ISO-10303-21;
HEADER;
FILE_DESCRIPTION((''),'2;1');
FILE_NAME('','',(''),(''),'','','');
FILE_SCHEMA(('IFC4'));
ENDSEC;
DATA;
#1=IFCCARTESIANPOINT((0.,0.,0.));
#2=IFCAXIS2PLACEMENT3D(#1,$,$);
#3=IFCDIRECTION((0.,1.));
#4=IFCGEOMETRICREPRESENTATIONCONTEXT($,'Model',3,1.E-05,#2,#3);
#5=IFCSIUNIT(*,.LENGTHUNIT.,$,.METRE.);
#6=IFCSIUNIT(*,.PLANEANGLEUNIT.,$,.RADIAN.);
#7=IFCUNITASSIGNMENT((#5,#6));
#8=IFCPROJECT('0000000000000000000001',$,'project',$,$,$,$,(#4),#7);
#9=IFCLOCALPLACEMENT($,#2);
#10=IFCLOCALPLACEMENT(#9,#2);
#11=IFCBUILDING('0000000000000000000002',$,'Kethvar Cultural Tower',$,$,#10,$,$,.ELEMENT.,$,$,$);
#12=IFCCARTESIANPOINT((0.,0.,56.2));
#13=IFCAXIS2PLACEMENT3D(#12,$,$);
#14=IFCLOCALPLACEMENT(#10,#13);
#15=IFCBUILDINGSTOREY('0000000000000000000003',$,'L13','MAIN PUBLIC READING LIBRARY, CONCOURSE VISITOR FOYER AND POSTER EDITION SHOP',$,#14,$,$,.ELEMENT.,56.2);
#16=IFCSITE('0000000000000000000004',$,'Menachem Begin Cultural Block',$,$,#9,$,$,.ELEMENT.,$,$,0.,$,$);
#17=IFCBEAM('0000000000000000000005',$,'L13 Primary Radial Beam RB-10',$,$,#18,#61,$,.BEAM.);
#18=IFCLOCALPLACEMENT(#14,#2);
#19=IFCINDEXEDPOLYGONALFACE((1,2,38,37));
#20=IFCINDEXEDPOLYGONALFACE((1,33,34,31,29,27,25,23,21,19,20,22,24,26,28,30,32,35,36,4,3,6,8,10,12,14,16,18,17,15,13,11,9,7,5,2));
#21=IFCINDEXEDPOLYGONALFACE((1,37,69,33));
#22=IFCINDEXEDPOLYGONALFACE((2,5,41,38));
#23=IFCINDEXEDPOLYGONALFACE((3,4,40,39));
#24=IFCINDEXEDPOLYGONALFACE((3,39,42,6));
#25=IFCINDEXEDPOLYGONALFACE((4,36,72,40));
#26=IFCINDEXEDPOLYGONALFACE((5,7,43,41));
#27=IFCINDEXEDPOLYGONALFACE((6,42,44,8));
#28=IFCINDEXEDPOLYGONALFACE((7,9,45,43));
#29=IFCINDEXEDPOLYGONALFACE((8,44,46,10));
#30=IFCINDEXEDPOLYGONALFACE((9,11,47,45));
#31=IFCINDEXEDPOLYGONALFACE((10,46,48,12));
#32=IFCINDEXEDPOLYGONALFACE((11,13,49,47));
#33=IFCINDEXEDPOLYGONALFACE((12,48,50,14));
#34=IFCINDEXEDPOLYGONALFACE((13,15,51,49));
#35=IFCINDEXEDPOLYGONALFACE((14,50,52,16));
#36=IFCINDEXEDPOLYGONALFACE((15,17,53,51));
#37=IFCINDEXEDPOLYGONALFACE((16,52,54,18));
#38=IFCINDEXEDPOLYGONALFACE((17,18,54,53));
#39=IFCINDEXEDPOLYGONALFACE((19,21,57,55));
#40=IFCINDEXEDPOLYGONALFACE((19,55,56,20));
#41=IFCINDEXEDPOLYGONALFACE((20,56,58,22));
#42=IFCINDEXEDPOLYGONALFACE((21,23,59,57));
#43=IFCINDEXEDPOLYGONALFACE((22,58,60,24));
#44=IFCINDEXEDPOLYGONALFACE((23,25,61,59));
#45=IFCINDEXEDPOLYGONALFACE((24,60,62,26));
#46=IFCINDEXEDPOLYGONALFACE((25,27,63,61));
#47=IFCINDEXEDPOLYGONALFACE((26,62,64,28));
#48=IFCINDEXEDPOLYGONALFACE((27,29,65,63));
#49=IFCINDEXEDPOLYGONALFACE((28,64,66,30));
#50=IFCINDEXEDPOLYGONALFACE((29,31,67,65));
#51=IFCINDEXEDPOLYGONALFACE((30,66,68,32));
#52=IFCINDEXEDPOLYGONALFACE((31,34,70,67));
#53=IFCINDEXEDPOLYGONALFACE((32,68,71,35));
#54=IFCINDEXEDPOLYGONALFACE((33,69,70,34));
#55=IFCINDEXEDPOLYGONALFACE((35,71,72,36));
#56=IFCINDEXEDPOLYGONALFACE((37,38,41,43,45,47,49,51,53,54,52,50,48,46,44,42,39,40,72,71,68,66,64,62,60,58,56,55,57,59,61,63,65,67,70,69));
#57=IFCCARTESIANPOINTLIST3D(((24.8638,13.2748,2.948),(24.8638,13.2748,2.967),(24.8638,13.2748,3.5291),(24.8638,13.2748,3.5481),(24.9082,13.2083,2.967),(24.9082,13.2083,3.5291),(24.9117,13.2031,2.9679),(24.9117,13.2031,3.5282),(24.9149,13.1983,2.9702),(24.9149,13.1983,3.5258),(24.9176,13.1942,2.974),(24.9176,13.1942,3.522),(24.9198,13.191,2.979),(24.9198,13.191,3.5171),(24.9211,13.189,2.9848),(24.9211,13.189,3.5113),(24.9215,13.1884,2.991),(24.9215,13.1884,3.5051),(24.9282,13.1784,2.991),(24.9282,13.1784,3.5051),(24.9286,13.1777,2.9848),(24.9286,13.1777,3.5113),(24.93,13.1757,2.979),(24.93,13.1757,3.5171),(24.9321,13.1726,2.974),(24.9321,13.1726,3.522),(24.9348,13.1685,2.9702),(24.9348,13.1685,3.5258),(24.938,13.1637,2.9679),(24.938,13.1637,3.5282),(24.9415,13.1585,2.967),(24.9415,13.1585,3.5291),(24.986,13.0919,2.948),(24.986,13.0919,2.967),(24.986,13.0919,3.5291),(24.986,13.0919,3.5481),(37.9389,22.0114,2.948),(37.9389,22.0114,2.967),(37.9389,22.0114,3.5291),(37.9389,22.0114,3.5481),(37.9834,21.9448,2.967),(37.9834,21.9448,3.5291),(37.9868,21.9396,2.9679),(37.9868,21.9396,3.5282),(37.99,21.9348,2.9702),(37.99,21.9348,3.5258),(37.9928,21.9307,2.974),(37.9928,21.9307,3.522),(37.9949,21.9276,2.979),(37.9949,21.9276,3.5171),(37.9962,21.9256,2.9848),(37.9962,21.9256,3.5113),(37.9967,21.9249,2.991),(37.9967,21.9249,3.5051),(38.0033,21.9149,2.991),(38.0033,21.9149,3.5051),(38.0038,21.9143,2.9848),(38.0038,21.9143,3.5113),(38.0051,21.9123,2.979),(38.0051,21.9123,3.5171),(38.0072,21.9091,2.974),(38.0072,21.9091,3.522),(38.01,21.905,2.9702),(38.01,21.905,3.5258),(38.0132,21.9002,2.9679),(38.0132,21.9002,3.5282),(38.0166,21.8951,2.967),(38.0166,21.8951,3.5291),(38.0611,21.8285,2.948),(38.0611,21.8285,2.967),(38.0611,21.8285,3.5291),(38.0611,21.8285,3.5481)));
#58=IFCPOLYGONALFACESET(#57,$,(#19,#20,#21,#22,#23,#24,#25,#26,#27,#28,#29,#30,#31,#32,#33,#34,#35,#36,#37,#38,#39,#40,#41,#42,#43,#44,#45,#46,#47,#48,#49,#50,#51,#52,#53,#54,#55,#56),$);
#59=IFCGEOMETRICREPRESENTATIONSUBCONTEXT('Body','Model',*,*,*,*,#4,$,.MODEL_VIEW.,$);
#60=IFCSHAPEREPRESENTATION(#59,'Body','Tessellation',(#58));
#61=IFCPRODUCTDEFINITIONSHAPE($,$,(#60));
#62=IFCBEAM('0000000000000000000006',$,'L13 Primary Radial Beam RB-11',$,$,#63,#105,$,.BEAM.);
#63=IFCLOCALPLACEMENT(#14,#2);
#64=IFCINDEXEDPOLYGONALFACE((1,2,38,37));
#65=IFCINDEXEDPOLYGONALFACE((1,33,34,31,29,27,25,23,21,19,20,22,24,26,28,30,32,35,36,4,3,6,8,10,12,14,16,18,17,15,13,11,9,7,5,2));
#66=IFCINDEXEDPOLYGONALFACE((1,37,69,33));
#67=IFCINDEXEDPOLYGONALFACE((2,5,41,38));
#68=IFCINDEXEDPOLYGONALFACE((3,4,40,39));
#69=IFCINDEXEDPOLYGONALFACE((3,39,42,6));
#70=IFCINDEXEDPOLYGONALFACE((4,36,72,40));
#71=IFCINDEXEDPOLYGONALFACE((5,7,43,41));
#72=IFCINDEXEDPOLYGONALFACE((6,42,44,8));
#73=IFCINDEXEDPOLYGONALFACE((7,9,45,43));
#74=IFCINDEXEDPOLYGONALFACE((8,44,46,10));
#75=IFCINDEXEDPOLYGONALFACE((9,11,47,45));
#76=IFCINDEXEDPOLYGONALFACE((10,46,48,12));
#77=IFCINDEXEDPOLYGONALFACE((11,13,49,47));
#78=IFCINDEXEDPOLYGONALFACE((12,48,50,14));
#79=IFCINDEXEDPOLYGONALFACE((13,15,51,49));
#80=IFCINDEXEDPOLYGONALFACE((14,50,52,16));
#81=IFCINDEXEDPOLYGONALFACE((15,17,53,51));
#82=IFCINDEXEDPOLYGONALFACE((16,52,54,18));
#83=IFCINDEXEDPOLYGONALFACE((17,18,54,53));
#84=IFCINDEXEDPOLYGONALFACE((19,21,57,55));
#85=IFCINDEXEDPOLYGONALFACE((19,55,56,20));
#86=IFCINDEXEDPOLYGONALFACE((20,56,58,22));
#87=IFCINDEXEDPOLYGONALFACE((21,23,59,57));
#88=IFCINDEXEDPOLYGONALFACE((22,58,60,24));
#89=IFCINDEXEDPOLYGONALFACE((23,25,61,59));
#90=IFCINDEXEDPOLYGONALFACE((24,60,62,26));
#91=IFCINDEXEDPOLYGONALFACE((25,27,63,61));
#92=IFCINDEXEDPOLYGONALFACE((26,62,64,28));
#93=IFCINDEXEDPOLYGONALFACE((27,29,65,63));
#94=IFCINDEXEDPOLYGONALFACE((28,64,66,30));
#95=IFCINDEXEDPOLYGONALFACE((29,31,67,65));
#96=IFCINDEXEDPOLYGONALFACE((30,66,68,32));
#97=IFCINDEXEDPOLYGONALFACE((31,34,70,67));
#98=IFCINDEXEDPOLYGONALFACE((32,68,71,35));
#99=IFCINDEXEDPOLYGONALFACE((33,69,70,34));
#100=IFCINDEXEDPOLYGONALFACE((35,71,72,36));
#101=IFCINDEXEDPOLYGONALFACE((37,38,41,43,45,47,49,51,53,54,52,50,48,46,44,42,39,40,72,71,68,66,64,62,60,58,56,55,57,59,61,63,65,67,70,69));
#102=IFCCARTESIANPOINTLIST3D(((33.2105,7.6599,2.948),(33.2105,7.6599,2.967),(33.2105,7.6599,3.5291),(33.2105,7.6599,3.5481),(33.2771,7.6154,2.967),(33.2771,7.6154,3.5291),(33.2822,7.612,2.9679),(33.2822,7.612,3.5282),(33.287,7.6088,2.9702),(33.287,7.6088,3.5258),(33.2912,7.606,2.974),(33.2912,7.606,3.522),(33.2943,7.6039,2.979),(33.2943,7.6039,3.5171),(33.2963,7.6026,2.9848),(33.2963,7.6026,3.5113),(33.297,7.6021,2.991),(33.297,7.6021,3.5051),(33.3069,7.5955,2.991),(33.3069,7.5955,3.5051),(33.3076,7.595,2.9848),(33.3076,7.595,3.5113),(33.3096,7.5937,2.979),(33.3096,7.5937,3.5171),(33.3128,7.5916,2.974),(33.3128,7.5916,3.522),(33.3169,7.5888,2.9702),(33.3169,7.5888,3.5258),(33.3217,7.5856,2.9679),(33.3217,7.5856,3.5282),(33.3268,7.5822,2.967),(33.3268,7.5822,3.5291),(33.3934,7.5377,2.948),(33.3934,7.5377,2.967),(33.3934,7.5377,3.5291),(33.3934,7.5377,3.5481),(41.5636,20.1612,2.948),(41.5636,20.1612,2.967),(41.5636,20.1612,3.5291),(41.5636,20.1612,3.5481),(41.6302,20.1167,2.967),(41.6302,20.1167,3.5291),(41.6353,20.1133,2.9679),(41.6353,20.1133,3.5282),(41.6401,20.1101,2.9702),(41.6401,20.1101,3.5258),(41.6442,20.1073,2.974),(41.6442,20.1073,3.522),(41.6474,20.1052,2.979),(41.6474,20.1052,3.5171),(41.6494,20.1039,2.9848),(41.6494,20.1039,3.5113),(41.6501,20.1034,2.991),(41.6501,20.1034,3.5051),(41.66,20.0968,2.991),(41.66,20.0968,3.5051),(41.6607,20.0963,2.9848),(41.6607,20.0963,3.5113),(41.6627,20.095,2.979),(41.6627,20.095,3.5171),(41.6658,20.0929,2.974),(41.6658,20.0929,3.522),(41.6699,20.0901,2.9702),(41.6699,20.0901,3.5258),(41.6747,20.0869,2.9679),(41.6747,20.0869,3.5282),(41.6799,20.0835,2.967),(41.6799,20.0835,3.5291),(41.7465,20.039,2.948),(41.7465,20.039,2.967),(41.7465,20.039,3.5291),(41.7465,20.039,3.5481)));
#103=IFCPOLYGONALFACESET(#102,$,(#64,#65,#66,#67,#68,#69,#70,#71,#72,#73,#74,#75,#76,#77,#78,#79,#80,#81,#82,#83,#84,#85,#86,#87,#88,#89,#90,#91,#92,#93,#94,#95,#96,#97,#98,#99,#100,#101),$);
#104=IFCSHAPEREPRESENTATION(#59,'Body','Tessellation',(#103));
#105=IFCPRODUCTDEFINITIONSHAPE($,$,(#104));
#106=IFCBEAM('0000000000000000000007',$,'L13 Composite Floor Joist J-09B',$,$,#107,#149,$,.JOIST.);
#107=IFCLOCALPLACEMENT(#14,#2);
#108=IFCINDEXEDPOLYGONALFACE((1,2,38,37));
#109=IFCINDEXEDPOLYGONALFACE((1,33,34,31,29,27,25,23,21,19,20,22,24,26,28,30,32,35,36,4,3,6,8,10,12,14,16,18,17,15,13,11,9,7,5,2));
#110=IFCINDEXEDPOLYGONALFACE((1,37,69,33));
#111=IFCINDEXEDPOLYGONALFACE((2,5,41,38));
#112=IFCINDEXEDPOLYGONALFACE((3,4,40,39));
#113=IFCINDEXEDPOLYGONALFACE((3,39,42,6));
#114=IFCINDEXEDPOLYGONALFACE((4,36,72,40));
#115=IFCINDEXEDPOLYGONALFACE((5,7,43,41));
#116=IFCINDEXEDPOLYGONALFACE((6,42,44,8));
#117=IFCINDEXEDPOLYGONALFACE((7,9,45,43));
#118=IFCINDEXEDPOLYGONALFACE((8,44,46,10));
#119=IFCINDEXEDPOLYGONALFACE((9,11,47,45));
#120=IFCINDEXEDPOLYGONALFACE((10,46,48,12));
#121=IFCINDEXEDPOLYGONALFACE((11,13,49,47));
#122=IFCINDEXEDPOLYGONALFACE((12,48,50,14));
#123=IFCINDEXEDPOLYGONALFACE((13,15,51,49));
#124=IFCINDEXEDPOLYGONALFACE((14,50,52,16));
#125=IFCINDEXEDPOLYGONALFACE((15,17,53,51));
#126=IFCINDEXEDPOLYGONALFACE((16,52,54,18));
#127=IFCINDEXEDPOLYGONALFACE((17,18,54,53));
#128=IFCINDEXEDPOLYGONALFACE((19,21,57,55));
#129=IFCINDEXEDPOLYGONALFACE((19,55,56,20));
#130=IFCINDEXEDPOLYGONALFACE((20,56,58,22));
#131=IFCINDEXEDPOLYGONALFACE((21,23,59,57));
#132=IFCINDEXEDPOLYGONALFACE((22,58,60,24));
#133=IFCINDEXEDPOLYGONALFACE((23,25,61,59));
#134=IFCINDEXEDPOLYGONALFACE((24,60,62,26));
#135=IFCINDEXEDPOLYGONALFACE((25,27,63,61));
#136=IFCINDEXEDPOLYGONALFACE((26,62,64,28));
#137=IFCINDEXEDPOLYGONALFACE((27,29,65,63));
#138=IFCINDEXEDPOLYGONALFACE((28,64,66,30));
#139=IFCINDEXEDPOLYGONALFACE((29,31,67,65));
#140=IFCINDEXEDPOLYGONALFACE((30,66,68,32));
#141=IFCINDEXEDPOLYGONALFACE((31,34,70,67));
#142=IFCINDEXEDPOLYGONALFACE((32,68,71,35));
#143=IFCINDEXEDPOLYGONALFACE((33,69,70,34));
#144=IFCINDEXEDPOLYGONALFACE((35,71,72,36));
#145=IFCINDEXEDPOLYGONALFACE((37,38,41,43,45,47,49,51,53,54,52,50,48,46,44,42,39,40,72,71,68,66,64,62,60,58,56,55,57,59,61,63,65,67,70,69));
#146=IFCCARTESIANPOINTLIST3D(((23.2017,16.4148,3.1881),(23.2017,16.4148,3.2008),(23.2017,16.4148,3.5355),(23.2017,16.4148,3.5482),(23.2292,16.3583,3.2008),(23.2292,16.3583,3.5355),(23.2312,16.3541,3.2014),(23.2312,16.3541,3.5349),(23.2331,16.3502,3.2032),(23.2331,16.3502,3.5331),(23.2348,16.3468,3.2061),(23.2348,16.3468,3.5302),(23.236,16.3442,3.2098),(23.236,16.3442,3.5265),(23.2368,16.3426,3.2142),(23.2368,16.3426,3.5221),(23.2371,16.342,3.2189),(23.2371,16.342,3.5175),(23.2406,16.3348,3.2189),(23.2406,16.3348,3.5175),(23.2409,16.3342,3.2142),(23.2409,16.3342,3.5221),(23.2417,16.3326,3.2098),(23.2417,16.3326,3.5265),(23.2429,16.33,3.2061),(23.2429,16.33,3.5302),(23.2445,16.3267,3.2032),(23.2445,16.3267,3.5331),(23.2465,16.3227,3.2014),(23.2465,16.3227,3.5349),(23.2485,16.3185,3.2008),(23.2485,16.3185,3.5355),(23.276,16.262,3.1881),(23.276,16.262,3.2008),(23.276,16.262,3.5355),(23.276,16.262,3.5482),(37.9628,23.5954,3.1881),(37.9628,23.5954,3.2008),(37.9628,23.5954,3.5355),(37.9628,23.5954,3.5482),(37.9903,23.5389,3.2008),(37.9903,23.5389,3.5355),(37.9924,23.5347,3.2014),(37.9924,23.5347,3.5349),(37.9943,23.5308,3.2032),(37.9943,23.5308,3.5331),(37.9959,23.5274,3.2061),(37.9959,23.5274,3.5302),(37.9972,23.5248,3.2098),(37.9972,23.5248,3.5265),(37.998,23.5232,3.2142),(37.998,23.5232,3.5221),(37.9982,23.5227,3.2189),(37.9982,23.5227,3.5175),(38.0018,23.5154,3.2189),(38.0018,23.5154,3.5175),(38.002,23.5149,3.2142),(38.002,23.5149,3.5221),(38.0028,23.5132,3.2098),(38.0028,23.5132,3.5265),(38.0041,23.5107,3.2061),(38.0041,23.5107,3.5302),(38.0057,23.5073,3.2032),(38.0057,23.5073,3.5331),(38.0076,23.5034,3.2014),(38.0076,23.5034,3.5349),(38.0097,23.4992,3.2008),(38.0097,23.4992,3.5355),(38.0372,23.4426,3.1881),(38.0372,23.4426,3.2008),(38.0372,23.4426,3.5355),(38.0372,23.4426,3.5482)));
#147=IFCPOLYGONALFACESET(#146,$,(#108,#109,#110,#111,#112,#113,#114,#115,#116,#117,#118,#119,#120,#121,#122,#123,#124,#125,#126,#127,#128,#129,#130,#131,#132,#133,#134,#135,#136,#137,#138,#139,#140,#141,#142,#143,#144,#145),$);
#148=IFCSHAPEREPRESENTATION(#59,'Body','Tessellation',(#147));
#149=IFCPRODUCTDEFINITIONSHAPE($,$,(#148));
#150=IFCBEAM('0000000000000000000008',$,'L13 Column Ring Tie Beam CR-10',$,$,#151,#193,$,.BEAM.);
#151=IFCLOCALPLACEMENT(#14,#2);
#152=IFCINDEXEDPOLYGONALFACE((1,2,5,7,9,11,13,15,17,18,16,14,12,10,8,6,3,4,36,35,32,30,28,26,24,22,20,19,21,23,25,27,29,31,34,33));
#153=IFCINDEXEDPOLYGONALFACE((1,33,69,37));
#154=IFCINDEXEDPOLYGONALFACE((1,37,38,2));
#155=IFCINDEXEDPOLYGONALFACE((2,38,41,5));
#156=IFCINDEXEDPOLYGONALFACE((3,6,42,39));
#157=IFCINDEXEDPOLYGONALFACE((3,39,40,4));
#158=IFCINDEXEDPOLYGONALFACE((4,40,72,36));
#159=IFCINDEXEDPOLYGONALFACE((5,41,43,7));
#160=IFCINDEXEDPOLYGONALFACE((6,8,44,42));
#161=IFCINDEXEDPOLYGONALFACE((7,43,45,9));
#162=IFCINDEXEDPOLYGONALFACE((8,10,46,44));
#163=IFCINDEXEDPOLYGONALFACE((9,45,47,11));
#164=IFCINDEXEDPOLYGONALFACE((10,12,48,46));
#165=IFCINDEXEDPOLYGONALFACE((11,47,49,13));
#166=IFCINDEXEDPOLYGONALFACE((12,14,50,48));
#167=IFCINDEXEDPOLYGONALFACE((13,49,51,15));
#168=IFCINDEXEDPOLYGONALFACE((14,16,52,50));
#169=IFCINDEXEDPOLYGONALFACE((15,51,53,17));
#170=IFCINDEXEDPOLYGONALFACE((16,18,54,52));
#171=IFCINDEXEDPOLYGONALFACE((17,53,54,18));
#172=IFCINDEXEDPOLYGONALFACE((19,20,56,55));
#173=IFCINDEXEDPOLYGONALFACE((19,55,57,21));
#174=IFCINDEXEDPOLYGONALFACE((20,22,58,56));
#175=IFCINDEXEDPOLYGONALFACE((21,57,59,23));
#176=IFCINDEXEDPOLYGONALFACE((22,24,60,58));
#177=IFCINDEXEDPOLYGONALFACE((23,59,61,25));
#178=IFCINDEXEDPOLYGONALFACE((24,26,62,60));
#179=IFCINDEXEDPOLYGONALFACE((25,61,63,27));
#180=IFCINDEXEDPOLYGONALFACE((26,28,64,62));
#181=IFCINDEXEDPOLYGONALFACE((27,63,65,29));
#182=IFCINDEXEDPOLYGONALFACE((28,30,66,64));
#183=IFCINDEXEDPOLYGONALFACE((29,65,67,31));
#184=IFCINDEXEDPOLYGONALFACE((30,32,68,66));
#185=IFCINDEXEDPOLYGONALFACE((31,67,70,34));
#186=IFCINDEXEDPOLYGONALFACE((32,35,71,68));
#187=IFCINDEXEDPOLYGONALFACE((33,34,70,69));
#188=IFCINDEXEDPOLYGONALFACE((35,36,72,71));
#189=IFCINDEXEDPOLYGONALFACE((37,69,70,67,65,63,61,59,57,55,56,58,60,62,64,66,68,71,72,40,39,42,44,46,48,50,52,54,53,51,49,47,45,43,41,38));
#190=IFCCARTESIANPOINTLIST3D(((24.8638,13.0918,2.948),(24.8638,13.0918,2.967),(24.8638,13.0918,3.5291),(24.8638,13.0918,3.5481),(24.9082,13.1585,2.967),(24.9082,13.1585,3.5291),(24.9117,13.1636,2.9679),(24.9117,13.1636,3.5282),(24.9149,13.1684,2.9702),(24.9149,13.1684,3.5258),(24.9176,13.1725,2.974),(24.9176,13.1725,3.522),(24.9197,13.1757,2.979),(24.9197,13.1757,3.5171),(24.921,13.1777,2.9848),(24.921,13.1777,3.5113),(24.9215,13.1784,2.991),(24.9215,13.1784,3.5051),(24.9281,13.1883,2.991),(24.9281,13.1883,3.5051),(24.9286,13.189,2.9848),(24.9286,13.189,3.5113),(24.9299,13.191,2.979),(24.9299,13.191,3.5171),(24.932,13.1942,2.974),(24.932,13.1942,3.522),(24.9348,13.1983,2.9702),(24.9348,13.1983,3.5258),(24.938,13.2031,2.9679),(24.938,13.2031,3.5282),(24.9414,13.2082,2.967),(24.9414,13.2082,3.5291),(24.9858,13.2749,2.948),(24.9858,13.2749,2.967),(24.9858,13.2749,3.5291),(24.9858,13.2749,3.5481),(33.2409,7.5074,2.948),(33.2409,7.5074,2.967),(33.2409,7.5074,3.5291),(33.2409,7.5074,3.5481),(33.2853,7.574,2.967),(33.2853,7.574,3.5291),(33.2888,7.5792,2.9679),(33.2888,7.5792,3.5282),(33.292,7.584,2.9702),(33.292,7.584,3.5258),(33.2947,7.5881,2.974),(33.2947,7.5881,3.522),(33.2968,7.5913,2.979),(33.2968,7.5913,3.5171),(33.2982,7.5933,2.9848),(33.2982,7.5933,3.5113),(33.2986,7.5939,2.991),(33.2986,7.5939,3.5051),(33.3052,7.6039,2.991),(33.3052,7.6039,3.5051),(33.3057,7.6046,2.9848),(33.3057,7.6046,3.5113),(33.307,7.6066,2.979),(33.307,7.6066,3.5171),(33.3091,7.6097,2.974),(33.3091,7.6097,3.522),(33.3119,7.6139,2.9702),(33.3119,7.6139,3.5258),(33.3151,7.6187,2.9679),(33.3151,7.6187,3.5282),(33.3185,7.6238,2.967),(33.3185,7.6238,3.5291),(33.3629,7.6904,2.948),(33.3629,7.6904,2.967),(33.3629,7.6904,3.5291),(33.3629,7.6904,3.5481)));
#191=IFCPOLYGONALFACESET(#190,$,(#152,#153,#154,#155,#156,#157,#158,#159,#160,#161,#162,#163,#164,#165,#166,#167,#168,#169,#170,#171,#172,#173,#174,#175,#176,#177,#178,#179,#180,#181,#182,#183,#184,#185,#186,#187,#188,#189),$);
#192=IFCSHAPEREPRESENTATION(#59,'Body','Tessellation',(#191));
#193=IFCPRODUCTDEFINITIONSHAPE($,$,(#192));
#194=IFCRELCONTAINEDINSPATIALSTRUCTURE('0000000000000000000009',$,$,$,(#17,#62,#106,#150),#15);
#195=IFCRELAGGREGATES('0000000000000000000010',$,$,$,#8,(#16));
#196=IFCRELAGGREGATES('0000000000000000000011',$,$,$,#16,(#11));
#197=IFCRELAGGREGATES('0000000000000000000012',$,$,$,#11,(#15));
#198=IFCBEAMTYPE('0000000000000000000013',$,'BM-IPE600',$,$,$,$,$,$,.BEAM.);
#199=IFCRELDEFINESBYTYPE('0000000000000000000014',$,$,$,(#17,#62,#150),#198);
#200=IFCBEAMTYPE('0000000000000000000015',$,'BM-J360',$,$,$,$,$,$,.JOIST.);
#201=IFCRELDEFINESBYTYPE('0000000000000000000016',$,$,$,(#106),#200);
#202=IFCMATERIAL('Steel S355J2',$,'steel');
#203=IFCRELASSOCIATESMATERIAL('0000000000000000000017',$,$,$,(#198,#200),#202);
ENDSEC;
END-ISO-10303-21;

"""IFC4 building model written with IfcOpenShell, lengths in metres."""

from ifc_helpers import new_model, si_unit, direction, frame, origin, origin_2d, place, context, subcontext, project, spatial, i_section, extrude, source, transform, mapped, material, material_profile, profile_set, type_object, element, save


model = new_model("IFC4")

# Units and contexts
model_context = context("Model", 3, precision=1e-05, world=origin(), true_north=direction((0.0, 1.0)))
body_context = subcontext(model_context, "Body", "Model", "MODEL_VIEW")
ifc_project = project(units=[si_unit("LENGTHUNIT", "METRE"), si_unit("PLANEANGLEUNIT", "RADIAN")], contexts=[model_context])

# Site, building, storey
site_placement = place(None, origin())
site = spatial("IfcSite", under=ifc_project, at=site_placement, Name="Menachem Begin Cultural Block", CompositionType="ELEMENT", RefElevation=0.0)
building_placement = place(site_placement, origin())
building = spatial("IfcBuilding", under=site, at=building_placement, Name="Kethvar Cultural Tower", CompositionType="ELEMENT")
storey_placement = place(building_placement, frame((0.0, 0.0, 56.2)))
storey = spatial("IfcBuildingStorey", under=building, at=storey_placement, Name="L13", Description="MAIN PUBLIC READING LIBRARY, CONCOURSE VISITOR FOYER AND POSTER EDITION SHOP", CompositionType="ELEMENT", Elevation=56.2)

# Beams
ifc_material_1 = material(Name="Steel S355J2", Category="steel")
ifc_material_profile_1 = material_profile(ifc_material_1, i_section(OverallWidth=0.22, OverallDepth=0.6001, WebThickness=0.012, FlangeThickness=0.019, FilletRadius=0.0239, at=origin_2d()), Name="Steel S355J2 — IPE600")
ifc_profile_set_1 = profile_set([ifc_material_profile_1], Name="Steel S355J2 — IPE600")
beam_type_1 = type_object("IfcBeamType", Name="BM-IPE600", PredefinedType="BEAM", material=ifc_profile_set_1)
shared_shape_1 = source(origin(), body_context, "Body", "SweptSolid", [
    extrude(i_section(OverallWidth=0.22, OverallDepth=0.6001, WebThickness=0.012, FlangeThickness=0.019, FilletRadius=0.0239, at=origin_2d()), origin(), (0.0, 0.0, 1.0), 15.7253),
])
beam_1_placement = place(storey_placement, frame((38.0, 21.9199, 3.248), z_axis=(-0.831469, -0.55557, 0.0), x_axis=(0.55557, -0.831469, 0.0)))
element("IfcBeam", 1, at=beam_1_placement, inside=storey, type_object=beam_type_1, Name="L13 Primary Radial Beam RB-10", PredefinedType="BEAM", context=body_context, shape_type="MappedRepresentation", body=[
    mapped(shared_shape_1, transform((0.0, 0.0, 0.0), scale=1.0)),
])
shared_shape_2 = source(origin(), body_context, "Body", "SweptSolid", [
    extrude(i_section(OverallWidth=0.22, OverallDepth=0.6001, WebThickness=0.012, FlangeThickness=0.019, FilletRadius=0.0239, at=origin_2d()), origin(), (0.0, 0.0, 1.0), 15.0352),
])
beam_2_placement = place(storey_placement, frame((41.655, 20.1001, 3.248), z_axis=(-0.555569, -0.83147, 0.0), x_axis=(0.83147, -0.555569, 0.0)))
element("IfcBeam", 2, at=beam_2_placement, inside=storey, type_object=beam_type_1, Name="L13 Primary Radial Beam RB-11", PredefinedType="BEAM", context=body_context, shape_type="MappedRepresentation", body=[
    mapped(shared_shape_2, transform((0.0, 0.0, 0.0), scale=1.0)),
])
ifc_material_profile_2 = material_profile(ifc_material_1, i_section(OverallWidth=0.1699, OverallDepth=0.3601, WebThickness=0.0081, FlangeThickness=0.0127, FilletRadius=0.0181, at=origin_2d()), Name="Steel S355J2 — IPE360")
ifc_profile_set_2 = profile_set([ifc_material_profile_2], Name="Steel S355J2 — IPE360")
beam_type_2 = type_object("IfcBeamType", Name="BM-J360", PredefinedType="JOIST", material=ifc_profile_set_2)
shared_shape_3 = source(origin(), body_context, "Body", "SweptSolid", [
    extrude(i_section(OverallWidth=0.1699, OverallDepth=0.3601, WebThickness=0.0081, FlangeThickness=0.0127, FilletRadius=0.0181, at=origin_2d()), origin(), (0.0, 0.0, 1.0), 16.415),
])
beam_3_placement = place(storey_placement, frame((38.0, 23.519, 3.3682), z_axis=(-0.899246, -0.437442, 0.0), x_axis=(0.437442, -0.899246, 0.0)))
element("IfcBeam", 3, at=beam_3_placement, inside=storey, type_object=beam_type_2, Name="L13 Composite Floor Joist J-09B", PredefinedType="JOIST", context=body_context, shape_type="MappedRepresentation", body=[
    mapped(shared_shape_3, transform((0.0, 0.0, 0.0), scale=1.0)),
])
shared_shape_4 = source(origin(), body_context, "Body", "SweptSolid", [
    extrude(i_section(OverallWidth=0.22, OverallDepth=0.6001, WebThickness=0.012, FlangeThickness=0.019, FilletRadius=0.0239, at=origin_2d()), origin(), (0.0, 0.0, 1.0), 10.0679),
])
beam_4_placement = place(storey_placement, frame((24.9248, 13.1833, 3.248), z_axis=(0.832065, -0.554678, 0.0), x_axis=(0.554678, 0.832065, 0.0)))
element("IfcBeam", 4, at=beam_4_placement, inside=storey, type_object=beam_type_1, Name="L13 Column Ring Tie Beam CR-10", PredefinedType="BEAM", context=body_context, shape_type="MappedRepresentation", body=[
    mapped(shared_shape_4, transform((0.0, 0.0, 0.0), scale=1.0)),
])

save(model, "model.ifc")
